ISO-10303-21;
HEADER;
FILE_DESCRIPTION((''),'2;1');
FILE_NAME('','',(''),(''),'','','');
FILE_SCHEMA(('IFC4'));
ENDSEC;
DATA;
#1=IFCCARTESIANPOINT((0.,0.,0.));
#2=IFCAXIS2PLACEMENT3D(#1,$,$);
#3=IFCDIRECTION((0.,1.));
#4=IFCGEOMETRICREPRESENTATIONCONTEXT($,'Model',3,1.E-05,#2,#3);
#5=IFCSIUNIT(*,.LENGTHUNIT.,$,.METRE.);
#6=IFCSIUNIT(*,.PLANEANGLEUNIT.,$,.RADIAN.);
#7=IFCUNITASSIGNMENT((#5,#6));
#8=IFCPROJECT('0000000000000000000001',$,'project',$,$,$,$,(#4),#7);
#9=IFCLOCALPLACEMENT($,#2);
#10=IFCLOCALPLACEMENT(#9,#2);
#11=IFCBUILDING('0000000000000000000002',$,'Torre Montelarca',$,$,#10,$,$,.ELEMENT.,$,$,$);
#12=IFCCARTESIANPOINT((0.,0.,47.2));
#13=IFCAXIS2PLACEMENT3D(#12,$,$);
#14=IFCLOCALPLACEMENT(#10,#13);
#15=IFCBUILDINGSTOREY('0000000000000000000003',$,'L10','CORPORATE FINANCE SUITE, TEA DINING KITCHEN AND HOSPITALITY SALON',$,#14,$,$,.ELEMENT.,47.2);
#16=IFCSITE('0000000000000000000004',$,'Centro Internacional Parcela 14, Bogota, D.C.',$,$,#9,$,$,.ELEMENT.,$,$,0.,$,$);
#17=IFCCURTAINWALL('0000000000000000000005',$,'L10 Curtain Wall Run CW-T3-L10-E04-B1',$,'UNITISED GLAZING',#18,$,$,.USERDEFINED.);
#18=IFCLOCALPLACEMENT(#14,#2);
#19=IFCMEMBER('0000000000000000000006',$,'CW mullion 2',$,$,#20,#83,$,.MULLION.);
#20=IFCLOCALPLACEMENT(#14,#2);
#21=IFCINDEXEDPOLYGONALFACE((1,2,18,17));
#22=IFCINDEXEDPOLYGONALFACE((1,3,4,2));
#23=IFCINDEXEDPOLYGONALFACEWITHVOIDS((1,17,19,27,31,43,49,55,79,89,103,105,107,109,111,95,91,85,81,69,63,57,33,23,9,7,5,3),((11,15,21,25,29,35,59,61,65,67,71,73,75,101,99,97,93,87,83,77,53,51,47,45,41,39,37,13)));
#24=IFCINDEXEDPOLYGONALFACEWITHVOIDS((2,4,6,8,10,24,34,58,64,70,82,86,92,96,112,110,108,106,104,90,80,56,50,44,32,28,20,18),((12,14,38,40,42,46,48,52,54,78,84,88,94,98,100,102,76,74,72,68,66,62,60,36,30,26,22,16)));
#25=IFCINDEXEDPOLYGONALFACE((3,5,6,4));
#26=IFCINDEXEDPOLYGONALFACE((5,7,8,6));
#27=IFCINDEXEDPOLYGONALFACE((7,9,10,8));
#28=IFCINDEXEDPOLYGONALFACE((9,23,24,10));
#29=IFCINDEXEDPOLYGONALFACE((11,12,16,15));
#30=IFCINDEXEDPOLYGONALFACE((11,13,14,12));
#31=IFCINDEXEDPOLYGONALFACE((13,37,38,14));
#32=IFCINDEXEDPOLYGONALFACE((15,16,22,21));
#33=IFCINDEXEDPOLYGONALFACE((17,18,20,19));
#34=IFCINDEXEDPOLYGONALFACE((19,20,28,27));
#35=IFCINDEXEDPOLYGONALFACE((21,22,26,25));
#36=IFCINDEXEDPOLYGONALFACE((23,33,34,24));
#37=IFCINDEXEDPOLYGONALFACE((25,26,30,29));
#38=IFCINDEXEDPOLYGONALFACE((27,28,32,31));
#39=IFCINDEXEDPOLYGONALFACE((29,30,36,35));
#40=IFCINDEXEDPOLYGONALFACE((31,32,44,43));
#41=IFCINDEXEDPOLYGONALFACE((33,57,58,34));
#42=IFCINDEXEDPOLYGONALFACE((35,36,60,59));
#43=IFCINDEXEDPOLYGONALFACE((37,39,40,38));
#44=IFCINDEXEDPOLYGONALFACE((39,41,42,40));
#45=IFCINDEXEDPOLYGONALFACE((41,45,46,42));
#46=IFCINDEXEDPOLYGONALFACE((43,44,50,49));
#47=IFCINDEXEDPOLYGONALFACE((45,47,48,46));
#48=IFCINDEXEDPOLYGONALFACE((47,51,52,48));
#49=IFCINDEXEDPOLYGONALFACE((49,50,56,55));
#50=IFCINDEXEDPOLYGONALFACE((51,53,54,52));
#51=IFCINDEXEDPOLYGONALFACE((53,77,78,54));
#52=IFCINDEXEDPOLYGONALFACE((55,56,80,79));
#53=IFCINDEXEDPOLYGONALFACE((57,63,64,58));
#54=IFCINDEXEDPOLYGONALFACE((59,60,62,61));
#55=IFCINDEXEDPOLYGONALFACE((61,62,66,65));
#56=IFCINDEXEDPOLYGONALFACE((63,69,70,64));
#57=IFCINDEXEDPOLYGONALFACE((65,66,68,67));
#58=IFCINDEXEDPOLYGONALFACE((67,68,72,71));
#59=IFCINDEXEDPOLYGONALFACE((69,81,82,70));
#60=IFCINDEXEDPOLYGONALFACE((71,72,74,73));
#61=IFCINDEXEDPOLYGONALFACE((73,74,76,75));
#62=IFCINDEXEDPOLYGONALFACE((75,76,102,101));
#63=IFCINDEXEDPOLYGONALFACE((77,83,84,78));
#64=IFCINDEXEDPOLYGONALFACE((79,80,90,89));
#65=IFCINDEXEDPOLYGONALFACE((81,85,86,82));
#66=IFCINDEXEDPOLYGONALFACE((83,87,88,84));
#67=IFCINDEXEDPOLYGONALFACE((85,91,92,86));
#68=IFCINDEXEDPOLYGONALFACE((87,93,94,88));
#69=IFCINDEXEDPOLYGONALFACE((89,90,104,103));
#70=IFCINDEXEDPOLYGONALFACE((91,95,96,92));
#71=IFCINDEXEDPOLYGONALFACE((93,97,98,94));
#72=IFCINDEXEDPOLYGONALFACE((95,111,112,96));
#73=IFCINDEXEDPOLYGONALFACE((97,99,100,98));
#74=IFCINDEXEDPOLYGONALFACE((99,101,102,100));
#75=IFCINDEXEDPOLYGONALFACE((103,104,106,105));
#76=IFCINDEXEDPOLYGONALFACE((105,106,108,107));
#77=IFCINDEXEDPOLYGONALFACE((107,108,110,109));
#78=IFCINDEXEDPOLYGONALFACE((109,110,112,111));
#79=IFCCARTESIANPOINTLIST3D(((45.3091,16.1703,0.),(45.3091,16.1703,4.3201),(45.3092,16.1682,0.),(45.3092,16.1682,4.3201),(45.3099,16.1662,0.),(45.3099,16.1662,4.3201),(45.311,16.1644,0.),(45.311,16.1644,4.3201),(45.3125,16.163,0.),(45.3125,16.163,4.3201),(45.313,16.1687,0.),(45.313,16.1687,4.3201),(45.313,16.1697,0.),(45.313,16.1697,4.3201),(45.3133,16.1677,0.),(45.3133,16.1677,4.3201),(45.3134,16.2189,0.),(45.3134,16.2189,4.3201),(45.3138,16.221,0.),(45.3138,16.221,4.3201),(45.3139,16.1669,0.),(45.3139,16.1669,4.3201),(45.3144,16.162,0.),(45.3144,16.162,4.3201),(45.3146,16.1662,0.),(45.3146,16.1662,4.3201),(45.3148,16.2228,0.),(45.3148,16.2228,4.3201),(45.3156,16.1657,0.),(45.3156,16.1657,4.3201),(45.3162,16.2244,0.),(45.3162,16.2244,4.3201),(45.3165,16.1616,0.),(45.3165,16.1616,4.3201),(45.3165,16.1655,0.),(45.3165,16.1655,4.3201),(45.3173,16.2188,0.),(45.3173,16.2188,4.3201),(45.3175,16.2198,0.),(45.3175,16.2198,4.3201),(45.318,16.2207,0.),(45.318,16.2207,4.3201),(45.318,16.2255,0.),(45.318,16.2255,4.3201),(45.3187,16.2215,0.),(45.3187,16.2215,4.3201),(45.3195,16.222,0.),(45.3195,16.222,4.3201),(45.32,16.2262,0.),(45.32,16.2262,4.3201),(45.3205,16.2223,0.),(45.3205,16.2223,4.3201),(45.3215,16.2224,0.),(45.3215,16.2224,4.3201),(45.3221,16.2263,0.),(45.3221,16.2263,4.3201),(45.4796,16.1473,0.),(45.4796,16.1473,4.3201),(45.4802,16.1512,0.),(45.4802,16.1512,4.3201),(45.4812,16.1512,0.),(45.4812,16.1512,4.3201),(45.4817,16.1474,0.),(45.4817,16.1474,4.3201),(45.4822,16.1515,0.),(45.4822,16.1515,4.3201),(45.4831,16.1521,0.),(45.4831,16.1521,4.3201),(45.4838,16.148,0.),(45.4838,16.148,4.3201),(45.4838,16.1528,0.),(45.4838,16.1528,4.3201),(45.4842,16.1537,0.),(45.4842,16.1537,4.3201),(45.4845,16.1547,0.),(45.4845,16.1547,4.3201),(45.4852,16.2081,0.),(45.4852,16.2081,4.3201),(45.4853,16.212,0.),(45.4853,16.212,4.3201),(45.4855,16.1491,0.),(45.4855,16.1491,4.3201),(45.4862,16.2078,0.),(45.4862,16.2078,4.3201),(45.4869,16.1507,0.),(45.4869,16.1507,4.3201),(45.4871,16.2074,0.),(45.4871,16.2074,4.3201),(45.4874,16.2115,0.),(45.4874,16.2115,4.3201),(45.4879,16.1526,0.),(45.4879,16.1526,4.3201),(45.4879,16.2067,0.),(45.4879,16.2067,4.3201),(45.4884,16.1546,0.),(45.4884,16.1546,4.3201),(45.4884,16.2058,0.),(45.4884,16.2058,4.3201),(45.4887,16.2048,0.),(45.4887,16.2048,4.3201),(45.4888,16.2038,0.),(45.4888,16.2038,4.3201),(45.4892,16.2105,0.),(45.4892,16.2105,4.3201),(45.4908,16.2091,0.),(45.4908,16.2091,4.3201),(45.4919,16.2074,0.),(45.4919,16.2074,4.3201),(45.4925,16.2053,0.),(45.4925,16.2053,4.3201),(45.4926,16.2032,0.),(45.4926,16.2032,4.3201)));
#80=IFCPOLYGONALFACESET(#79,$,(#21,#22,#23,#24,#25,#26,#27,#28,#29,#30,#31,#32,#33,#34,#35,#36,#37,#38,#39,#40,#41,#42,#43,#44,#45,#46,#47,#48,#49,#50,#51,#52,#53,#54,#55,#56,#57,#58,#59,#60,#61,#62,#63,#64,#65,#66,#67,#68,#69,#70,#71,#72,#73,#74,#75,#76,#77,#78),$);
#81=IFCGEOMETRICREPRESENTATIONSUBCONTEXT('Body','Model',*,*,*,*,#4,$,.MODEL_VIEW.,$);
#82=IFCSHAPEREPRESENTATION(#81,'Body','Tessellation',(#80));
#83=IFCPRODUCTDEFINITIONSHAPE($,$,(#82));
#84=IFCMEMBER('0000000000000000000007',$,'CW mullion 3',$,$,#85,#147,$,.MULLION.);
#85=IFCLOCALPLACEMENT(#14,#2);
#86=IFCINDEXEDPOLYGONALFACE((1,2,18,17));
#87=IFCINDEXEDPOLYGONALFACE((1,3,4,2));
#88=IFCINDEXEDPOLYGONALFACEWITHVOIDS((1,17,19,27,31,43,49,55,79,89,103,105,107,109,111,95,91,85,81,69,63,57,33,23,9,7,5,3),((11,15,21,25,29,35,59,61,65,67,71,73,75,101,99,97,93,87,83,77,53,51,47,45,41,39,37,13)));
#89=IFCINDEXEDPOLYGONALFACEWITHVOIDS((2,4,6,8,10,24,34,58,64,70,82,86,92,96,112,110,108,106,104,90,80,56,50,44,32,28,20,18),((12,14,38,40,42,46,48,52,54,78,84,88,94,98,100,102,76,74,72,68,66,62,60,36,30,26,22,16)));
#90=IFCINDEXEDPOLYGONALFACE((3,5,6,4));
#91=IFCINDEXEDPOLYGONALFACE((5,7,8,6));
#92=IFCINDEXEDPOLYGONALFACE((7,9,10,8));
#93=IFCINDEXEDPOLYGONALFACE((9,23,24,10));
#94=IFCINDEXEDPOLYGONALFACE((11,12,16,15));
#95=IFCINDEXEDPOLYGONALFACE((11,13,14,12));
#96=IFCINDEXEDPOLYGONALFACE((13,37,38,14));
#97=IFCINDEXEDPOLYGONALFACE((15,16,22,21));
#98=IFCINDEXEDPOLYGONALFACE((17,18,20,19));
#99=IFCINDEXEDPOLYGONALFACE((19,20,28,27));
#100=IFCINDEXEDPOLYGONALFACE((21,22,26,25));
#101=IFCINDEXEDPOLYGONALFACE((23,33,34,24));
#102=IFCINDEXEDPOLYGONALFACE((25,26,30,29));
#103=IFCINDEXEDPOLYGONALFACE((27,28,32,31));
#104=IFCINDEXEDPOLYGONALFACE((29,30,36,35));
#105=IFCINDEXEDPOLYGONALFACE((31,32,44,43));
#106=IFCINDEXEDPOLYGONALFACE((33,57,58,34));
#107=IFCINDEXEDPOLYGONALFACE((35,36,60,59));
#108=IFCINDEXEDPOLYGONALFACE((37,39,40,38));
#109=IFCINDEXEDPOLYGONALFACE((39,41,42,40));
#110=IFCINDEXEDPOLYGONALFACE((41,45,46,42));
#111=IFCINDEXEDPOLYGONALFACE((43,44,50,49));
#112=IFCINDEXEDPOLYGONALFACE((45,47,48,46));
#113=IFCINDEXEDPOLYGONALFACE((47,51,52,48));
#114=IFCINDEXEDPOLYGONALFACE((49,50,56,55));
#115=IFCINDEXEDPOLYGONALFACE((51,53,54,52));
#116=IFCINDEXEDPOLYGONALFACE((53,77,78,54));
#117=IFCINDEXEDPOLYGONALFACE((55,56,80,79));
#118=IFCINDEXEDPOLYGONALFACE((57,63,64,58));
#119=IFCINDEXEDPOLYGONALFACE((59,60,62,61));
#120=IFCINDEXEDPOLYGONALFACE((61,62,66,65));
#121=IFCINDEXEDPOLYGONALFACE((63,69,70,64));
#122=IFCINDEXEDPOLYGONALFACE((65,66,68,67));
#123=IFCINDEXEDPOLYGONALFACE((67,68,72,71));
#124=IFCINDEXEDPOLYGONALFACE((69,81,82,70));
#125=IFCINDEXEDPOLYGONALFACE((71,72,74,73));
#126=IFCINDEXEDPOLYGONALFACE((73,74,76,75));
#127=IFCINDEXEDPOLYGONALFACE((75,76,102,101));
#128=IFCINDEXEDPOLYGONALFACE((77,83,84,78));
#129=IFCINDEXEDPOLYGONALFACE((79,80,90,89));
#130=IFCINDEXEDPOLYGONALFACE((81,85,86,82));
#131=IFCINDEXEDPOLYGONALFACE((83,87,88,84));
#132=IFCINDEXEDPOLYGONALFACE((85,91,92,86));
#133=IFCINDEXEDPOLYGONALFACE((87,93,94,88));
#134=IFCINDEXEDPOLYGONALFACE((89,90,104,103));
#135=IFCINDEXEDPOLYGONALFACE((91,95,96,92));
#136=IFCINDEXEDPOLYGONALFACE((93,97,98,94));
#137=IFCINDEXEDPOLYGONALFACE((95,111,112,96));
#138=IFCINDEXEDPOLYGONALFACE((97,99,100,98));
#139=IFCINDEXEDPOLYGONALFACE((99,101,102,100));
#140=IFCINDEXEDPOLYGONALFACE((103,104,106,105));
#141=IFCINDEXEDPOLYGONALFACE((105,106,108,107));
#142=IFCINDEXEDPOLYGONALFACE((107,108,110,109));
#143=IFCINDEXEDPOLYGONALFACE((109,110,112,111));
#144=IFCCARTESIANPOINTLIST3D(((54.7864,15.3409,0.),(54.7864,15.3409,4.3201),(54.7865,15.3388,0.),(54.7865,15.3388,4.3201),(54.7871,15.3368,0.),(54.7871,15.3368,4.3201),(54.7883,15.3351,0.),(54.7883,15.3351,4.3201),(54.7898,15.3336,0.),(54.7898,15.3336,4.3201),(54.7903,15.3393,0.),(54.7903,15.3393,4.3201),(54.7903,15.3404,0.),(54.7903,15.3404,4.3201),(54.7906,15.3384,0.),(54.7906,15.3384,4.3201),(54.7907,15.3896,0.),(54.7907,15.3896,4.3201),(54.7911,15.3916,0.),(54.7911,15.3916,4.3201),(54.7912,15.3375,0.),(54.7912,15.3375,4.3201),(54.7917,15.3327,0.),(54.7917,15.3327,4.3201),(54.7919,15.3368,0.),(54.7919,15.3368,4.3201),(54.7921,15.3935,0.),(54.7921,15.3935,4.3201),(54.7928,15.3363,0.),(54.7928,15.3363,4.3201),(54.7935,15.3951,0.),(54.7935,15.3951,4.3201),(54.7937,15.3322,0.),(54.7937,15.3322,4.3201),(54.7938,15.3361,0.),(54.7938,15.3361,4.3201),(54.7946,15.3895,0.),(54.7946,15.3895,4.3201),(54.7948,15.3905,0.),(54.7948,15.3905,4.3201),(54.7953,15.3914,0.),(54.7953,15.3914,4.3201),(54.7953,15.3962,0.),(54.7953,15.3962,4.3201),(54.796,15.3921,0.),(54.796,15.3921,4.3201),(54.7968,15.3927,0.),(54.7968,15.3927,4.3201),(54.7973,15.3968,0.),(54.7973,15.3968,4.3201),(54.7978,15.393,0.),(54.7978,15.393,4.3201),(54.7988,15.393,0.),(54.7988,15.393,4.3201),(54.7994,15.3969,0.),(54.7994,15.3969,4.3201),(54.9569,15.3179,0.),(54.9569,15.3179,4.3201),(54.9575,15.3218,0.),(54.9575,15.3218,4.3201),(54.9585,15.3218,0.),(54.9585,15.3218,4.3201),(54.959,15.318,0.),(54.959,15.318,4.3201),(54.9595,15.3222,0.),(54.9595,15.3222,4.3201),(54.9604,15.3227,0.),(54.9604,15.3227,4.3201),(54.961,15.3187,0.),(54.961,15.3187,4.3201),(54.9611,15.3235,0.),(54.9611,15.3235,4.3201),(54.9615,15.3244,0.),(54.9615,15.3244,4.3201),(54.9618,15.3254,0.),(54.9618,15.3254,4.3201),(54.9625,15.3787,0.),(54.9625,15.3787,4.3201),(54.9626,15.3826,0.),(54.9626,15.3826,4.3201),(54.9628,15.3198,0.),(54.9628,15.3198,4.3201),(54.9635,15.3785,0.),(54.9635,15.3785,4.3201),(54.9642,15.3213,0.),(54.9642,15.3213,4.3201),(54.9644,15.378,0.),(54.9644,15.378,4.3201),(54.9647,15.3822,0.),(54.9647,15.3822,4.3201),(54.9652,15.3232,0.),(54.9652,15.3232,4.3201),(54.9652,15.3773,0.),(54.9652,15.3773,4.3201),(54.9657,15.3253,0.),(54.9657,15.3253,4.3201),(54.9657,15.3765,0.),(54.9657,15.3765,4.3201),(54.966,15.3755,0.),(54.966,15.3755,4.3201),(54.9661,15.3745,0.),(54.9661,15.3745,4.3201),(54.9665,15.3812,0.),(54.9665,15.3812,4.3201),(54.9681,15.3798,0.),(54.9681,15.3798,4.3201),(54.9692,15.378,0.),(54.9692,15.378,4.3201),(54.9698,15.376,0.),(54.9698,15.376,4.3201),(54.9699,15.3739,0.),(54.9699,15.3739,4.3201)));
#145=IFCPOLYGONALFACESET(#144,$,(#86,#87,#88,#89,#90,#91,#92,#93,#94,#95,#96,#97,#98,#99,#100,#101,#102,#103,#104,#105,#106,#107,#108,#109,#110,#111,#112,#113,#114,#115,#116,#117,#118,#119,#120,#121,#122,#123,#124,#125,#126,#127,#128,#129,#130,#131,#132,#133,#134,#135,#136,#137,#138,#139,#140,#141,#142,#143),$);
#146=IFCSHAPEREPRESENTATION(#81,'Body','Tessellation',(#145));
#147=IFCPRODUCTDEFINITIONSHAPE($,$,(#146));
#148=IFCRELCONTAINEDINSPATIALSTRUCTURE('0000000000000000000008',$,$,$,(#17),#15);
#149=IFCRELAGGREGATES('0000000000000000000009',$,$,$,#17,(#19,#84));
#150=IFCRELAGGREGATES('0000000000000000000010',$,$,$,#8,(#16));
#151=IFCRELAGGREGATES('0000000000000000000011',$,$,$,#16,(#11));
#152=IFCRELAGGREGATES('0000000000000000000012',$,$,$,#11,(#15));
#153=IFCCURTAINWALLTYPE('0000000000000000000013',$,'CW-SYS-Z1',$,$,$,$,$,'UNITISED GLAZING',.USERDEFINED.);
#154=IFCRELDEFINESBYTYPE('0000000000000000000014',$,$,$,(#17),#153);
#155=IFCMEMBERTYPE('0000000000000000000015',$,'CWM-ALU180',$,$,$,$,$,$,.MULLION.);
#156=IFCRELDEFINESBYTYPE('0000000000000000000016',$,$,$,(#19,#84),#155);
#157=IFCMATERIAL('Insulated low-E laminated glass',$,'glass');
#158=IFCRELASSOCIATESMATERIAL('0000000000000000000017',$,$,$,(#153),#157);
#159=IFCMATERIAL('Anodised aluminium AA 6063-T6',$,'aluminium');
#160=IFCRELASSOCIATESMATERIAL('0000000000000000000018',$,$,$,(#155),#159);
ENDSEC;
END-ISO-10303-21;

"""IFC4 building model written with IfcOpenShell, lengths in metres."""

from ifc_helpers import new_model, si_unit, direction, frame, origin, origin_2d, place, context, subcontext, project, spatial, hollow_rectangle, extrude, source, transform, mapped, material, material_profile, profile_set, type_object, element, aggregate, save


model = new_model("IFC4")

# Units and contexts
model_context = context("Model", 3, precision=1e-05, world=origin(), true_north=direction((0.0, 1.0)))
body_context = subcontext(model_context, "Body", "Model", "MODEL_VIEW")
ifc_project = project(units=[si_unit("LENGTHUNIT", "METRE"), si_unit("PLANEANGLEUNIT", "RADIAN")], contexts=[model_context])

# Site, building, storey
site_placement = place(None, origin())
site = spatial("IfcSite", under=ifc_project, at=site_placement, Name="Centro Internacional Parcela 14, Bogota, D.C.", CompositionType="ELEMENT", RefElevation=0.0)
building_placement = place(site_placement, origin())
building = spatial("IfcBuilding", under=site, at=building_placement, Name="Torre Montelarca", CompositionType="ELEMENT")
storey_placement = place(building_placement, frame((0.0, 0.0, 47.2)))
storey = spatial("IfcBuildingStorey", under=building, at=storey_placement, Name="L10", Description="CORPORATE FINANCE SUITE, TEA DINING KITCHEN AND HOSPITALITY SALON", CompositionType="ELEMENT", Elevation=47.2)

# Curtain wall, members
ifc_material_1 = material(Name="Insulated low-E laminated glass", Category="glass")
curtain_wall_type = type_object("IfcCurtainWallType", Name="CW-SYS-Z1", ElementType="UNITISED GLAZING", PredefinedType="USERDEFINED", material=ifc_material_1)
curtain_wall_1_placement = place(storey_placement, origin())
curtain_wall_1 = element("IfcCurtainWall", 1, at=curtain_wall_1_placement, inside=storey, type_object=curtain_wall_type, Name="L10 Curtain Wall Run CW-T3-L10-E04-B1", ObjectType="UNITISED GLAZING", PredefinedType="USERDEFINED")
ifc_material_2 = material(Name="Anodised aluminium AA 6063-T6", Category="aluminium")
ifc_material_profile_1 = material_profile(ifc_material_2, hollow_rectangle(XDim=0.0649, YDim=0.1799, WallThickness=0.0039, InnerFilletRadius=0.0039, OuterFilletRadius=0.0081, at=origin_2d()), Name="ALU65X180X4", Category="aluminium")
ifc_profile_set_1 = profile_set([ifc_material_profile_1], Name="Anodised aluminium AA 6063-T6")
member_type_1 = type_object("IfcMemberType", Name="CWM-ALU180", PredefinedType="MULLION", material=ifc_profile_set_1)
shared_shape_1 = source(origin(), body_context, "Body", "SweptSolid", [
    extrude(hollow_rectangle(XDim=0.0649, YDim=0.1799, WallThickness=0.0039, InnerFilletRadius=0.0039, OuterFilletRadius=0.0081, at=origin_2d()), origin(), (0.0, 0.0, 1.0), 4.3201),
])
member_1_placement = place(storey_placement, frame((45.4009, 16.1868, 0.0), z_axis=(0.0, 0.0, 1.0), x_axis=(0.087162, 0.996194, 0.0)))
member_1 = element("IfcMember", 2, at=member_1_placement, type_object=member_type_1, Name="CW mullion 2", PredefinedType="MULLION", context=body_context, shape_type="MappedRepresentation", body=[
    mapped(shared_shape_1, transform((0.0, 0.0, 0.0), scale=1.0)),
])
member_2_placement = place(storey_placement, frame((54.8782, 15.3574, 0.0), z_axis=(0.0, 0.0, 1.0), x_axis=(0.087162, 0.996194, 0.0)))
member_2 = element("IfcMember", 3, at=member_2_placement, type_object=member_type_1, Name="CW mullion 3", PredefinedType="MULLION", context=body_context, shape_type="MappedRepresentation", body=[
    mapped(shared_shape_1, transform((0.0, 0.0, 0.0), scale=1.0)),
])

aggregate(curtain_wall_1, [member_1, member_2])

save(model, "model.ifc")
